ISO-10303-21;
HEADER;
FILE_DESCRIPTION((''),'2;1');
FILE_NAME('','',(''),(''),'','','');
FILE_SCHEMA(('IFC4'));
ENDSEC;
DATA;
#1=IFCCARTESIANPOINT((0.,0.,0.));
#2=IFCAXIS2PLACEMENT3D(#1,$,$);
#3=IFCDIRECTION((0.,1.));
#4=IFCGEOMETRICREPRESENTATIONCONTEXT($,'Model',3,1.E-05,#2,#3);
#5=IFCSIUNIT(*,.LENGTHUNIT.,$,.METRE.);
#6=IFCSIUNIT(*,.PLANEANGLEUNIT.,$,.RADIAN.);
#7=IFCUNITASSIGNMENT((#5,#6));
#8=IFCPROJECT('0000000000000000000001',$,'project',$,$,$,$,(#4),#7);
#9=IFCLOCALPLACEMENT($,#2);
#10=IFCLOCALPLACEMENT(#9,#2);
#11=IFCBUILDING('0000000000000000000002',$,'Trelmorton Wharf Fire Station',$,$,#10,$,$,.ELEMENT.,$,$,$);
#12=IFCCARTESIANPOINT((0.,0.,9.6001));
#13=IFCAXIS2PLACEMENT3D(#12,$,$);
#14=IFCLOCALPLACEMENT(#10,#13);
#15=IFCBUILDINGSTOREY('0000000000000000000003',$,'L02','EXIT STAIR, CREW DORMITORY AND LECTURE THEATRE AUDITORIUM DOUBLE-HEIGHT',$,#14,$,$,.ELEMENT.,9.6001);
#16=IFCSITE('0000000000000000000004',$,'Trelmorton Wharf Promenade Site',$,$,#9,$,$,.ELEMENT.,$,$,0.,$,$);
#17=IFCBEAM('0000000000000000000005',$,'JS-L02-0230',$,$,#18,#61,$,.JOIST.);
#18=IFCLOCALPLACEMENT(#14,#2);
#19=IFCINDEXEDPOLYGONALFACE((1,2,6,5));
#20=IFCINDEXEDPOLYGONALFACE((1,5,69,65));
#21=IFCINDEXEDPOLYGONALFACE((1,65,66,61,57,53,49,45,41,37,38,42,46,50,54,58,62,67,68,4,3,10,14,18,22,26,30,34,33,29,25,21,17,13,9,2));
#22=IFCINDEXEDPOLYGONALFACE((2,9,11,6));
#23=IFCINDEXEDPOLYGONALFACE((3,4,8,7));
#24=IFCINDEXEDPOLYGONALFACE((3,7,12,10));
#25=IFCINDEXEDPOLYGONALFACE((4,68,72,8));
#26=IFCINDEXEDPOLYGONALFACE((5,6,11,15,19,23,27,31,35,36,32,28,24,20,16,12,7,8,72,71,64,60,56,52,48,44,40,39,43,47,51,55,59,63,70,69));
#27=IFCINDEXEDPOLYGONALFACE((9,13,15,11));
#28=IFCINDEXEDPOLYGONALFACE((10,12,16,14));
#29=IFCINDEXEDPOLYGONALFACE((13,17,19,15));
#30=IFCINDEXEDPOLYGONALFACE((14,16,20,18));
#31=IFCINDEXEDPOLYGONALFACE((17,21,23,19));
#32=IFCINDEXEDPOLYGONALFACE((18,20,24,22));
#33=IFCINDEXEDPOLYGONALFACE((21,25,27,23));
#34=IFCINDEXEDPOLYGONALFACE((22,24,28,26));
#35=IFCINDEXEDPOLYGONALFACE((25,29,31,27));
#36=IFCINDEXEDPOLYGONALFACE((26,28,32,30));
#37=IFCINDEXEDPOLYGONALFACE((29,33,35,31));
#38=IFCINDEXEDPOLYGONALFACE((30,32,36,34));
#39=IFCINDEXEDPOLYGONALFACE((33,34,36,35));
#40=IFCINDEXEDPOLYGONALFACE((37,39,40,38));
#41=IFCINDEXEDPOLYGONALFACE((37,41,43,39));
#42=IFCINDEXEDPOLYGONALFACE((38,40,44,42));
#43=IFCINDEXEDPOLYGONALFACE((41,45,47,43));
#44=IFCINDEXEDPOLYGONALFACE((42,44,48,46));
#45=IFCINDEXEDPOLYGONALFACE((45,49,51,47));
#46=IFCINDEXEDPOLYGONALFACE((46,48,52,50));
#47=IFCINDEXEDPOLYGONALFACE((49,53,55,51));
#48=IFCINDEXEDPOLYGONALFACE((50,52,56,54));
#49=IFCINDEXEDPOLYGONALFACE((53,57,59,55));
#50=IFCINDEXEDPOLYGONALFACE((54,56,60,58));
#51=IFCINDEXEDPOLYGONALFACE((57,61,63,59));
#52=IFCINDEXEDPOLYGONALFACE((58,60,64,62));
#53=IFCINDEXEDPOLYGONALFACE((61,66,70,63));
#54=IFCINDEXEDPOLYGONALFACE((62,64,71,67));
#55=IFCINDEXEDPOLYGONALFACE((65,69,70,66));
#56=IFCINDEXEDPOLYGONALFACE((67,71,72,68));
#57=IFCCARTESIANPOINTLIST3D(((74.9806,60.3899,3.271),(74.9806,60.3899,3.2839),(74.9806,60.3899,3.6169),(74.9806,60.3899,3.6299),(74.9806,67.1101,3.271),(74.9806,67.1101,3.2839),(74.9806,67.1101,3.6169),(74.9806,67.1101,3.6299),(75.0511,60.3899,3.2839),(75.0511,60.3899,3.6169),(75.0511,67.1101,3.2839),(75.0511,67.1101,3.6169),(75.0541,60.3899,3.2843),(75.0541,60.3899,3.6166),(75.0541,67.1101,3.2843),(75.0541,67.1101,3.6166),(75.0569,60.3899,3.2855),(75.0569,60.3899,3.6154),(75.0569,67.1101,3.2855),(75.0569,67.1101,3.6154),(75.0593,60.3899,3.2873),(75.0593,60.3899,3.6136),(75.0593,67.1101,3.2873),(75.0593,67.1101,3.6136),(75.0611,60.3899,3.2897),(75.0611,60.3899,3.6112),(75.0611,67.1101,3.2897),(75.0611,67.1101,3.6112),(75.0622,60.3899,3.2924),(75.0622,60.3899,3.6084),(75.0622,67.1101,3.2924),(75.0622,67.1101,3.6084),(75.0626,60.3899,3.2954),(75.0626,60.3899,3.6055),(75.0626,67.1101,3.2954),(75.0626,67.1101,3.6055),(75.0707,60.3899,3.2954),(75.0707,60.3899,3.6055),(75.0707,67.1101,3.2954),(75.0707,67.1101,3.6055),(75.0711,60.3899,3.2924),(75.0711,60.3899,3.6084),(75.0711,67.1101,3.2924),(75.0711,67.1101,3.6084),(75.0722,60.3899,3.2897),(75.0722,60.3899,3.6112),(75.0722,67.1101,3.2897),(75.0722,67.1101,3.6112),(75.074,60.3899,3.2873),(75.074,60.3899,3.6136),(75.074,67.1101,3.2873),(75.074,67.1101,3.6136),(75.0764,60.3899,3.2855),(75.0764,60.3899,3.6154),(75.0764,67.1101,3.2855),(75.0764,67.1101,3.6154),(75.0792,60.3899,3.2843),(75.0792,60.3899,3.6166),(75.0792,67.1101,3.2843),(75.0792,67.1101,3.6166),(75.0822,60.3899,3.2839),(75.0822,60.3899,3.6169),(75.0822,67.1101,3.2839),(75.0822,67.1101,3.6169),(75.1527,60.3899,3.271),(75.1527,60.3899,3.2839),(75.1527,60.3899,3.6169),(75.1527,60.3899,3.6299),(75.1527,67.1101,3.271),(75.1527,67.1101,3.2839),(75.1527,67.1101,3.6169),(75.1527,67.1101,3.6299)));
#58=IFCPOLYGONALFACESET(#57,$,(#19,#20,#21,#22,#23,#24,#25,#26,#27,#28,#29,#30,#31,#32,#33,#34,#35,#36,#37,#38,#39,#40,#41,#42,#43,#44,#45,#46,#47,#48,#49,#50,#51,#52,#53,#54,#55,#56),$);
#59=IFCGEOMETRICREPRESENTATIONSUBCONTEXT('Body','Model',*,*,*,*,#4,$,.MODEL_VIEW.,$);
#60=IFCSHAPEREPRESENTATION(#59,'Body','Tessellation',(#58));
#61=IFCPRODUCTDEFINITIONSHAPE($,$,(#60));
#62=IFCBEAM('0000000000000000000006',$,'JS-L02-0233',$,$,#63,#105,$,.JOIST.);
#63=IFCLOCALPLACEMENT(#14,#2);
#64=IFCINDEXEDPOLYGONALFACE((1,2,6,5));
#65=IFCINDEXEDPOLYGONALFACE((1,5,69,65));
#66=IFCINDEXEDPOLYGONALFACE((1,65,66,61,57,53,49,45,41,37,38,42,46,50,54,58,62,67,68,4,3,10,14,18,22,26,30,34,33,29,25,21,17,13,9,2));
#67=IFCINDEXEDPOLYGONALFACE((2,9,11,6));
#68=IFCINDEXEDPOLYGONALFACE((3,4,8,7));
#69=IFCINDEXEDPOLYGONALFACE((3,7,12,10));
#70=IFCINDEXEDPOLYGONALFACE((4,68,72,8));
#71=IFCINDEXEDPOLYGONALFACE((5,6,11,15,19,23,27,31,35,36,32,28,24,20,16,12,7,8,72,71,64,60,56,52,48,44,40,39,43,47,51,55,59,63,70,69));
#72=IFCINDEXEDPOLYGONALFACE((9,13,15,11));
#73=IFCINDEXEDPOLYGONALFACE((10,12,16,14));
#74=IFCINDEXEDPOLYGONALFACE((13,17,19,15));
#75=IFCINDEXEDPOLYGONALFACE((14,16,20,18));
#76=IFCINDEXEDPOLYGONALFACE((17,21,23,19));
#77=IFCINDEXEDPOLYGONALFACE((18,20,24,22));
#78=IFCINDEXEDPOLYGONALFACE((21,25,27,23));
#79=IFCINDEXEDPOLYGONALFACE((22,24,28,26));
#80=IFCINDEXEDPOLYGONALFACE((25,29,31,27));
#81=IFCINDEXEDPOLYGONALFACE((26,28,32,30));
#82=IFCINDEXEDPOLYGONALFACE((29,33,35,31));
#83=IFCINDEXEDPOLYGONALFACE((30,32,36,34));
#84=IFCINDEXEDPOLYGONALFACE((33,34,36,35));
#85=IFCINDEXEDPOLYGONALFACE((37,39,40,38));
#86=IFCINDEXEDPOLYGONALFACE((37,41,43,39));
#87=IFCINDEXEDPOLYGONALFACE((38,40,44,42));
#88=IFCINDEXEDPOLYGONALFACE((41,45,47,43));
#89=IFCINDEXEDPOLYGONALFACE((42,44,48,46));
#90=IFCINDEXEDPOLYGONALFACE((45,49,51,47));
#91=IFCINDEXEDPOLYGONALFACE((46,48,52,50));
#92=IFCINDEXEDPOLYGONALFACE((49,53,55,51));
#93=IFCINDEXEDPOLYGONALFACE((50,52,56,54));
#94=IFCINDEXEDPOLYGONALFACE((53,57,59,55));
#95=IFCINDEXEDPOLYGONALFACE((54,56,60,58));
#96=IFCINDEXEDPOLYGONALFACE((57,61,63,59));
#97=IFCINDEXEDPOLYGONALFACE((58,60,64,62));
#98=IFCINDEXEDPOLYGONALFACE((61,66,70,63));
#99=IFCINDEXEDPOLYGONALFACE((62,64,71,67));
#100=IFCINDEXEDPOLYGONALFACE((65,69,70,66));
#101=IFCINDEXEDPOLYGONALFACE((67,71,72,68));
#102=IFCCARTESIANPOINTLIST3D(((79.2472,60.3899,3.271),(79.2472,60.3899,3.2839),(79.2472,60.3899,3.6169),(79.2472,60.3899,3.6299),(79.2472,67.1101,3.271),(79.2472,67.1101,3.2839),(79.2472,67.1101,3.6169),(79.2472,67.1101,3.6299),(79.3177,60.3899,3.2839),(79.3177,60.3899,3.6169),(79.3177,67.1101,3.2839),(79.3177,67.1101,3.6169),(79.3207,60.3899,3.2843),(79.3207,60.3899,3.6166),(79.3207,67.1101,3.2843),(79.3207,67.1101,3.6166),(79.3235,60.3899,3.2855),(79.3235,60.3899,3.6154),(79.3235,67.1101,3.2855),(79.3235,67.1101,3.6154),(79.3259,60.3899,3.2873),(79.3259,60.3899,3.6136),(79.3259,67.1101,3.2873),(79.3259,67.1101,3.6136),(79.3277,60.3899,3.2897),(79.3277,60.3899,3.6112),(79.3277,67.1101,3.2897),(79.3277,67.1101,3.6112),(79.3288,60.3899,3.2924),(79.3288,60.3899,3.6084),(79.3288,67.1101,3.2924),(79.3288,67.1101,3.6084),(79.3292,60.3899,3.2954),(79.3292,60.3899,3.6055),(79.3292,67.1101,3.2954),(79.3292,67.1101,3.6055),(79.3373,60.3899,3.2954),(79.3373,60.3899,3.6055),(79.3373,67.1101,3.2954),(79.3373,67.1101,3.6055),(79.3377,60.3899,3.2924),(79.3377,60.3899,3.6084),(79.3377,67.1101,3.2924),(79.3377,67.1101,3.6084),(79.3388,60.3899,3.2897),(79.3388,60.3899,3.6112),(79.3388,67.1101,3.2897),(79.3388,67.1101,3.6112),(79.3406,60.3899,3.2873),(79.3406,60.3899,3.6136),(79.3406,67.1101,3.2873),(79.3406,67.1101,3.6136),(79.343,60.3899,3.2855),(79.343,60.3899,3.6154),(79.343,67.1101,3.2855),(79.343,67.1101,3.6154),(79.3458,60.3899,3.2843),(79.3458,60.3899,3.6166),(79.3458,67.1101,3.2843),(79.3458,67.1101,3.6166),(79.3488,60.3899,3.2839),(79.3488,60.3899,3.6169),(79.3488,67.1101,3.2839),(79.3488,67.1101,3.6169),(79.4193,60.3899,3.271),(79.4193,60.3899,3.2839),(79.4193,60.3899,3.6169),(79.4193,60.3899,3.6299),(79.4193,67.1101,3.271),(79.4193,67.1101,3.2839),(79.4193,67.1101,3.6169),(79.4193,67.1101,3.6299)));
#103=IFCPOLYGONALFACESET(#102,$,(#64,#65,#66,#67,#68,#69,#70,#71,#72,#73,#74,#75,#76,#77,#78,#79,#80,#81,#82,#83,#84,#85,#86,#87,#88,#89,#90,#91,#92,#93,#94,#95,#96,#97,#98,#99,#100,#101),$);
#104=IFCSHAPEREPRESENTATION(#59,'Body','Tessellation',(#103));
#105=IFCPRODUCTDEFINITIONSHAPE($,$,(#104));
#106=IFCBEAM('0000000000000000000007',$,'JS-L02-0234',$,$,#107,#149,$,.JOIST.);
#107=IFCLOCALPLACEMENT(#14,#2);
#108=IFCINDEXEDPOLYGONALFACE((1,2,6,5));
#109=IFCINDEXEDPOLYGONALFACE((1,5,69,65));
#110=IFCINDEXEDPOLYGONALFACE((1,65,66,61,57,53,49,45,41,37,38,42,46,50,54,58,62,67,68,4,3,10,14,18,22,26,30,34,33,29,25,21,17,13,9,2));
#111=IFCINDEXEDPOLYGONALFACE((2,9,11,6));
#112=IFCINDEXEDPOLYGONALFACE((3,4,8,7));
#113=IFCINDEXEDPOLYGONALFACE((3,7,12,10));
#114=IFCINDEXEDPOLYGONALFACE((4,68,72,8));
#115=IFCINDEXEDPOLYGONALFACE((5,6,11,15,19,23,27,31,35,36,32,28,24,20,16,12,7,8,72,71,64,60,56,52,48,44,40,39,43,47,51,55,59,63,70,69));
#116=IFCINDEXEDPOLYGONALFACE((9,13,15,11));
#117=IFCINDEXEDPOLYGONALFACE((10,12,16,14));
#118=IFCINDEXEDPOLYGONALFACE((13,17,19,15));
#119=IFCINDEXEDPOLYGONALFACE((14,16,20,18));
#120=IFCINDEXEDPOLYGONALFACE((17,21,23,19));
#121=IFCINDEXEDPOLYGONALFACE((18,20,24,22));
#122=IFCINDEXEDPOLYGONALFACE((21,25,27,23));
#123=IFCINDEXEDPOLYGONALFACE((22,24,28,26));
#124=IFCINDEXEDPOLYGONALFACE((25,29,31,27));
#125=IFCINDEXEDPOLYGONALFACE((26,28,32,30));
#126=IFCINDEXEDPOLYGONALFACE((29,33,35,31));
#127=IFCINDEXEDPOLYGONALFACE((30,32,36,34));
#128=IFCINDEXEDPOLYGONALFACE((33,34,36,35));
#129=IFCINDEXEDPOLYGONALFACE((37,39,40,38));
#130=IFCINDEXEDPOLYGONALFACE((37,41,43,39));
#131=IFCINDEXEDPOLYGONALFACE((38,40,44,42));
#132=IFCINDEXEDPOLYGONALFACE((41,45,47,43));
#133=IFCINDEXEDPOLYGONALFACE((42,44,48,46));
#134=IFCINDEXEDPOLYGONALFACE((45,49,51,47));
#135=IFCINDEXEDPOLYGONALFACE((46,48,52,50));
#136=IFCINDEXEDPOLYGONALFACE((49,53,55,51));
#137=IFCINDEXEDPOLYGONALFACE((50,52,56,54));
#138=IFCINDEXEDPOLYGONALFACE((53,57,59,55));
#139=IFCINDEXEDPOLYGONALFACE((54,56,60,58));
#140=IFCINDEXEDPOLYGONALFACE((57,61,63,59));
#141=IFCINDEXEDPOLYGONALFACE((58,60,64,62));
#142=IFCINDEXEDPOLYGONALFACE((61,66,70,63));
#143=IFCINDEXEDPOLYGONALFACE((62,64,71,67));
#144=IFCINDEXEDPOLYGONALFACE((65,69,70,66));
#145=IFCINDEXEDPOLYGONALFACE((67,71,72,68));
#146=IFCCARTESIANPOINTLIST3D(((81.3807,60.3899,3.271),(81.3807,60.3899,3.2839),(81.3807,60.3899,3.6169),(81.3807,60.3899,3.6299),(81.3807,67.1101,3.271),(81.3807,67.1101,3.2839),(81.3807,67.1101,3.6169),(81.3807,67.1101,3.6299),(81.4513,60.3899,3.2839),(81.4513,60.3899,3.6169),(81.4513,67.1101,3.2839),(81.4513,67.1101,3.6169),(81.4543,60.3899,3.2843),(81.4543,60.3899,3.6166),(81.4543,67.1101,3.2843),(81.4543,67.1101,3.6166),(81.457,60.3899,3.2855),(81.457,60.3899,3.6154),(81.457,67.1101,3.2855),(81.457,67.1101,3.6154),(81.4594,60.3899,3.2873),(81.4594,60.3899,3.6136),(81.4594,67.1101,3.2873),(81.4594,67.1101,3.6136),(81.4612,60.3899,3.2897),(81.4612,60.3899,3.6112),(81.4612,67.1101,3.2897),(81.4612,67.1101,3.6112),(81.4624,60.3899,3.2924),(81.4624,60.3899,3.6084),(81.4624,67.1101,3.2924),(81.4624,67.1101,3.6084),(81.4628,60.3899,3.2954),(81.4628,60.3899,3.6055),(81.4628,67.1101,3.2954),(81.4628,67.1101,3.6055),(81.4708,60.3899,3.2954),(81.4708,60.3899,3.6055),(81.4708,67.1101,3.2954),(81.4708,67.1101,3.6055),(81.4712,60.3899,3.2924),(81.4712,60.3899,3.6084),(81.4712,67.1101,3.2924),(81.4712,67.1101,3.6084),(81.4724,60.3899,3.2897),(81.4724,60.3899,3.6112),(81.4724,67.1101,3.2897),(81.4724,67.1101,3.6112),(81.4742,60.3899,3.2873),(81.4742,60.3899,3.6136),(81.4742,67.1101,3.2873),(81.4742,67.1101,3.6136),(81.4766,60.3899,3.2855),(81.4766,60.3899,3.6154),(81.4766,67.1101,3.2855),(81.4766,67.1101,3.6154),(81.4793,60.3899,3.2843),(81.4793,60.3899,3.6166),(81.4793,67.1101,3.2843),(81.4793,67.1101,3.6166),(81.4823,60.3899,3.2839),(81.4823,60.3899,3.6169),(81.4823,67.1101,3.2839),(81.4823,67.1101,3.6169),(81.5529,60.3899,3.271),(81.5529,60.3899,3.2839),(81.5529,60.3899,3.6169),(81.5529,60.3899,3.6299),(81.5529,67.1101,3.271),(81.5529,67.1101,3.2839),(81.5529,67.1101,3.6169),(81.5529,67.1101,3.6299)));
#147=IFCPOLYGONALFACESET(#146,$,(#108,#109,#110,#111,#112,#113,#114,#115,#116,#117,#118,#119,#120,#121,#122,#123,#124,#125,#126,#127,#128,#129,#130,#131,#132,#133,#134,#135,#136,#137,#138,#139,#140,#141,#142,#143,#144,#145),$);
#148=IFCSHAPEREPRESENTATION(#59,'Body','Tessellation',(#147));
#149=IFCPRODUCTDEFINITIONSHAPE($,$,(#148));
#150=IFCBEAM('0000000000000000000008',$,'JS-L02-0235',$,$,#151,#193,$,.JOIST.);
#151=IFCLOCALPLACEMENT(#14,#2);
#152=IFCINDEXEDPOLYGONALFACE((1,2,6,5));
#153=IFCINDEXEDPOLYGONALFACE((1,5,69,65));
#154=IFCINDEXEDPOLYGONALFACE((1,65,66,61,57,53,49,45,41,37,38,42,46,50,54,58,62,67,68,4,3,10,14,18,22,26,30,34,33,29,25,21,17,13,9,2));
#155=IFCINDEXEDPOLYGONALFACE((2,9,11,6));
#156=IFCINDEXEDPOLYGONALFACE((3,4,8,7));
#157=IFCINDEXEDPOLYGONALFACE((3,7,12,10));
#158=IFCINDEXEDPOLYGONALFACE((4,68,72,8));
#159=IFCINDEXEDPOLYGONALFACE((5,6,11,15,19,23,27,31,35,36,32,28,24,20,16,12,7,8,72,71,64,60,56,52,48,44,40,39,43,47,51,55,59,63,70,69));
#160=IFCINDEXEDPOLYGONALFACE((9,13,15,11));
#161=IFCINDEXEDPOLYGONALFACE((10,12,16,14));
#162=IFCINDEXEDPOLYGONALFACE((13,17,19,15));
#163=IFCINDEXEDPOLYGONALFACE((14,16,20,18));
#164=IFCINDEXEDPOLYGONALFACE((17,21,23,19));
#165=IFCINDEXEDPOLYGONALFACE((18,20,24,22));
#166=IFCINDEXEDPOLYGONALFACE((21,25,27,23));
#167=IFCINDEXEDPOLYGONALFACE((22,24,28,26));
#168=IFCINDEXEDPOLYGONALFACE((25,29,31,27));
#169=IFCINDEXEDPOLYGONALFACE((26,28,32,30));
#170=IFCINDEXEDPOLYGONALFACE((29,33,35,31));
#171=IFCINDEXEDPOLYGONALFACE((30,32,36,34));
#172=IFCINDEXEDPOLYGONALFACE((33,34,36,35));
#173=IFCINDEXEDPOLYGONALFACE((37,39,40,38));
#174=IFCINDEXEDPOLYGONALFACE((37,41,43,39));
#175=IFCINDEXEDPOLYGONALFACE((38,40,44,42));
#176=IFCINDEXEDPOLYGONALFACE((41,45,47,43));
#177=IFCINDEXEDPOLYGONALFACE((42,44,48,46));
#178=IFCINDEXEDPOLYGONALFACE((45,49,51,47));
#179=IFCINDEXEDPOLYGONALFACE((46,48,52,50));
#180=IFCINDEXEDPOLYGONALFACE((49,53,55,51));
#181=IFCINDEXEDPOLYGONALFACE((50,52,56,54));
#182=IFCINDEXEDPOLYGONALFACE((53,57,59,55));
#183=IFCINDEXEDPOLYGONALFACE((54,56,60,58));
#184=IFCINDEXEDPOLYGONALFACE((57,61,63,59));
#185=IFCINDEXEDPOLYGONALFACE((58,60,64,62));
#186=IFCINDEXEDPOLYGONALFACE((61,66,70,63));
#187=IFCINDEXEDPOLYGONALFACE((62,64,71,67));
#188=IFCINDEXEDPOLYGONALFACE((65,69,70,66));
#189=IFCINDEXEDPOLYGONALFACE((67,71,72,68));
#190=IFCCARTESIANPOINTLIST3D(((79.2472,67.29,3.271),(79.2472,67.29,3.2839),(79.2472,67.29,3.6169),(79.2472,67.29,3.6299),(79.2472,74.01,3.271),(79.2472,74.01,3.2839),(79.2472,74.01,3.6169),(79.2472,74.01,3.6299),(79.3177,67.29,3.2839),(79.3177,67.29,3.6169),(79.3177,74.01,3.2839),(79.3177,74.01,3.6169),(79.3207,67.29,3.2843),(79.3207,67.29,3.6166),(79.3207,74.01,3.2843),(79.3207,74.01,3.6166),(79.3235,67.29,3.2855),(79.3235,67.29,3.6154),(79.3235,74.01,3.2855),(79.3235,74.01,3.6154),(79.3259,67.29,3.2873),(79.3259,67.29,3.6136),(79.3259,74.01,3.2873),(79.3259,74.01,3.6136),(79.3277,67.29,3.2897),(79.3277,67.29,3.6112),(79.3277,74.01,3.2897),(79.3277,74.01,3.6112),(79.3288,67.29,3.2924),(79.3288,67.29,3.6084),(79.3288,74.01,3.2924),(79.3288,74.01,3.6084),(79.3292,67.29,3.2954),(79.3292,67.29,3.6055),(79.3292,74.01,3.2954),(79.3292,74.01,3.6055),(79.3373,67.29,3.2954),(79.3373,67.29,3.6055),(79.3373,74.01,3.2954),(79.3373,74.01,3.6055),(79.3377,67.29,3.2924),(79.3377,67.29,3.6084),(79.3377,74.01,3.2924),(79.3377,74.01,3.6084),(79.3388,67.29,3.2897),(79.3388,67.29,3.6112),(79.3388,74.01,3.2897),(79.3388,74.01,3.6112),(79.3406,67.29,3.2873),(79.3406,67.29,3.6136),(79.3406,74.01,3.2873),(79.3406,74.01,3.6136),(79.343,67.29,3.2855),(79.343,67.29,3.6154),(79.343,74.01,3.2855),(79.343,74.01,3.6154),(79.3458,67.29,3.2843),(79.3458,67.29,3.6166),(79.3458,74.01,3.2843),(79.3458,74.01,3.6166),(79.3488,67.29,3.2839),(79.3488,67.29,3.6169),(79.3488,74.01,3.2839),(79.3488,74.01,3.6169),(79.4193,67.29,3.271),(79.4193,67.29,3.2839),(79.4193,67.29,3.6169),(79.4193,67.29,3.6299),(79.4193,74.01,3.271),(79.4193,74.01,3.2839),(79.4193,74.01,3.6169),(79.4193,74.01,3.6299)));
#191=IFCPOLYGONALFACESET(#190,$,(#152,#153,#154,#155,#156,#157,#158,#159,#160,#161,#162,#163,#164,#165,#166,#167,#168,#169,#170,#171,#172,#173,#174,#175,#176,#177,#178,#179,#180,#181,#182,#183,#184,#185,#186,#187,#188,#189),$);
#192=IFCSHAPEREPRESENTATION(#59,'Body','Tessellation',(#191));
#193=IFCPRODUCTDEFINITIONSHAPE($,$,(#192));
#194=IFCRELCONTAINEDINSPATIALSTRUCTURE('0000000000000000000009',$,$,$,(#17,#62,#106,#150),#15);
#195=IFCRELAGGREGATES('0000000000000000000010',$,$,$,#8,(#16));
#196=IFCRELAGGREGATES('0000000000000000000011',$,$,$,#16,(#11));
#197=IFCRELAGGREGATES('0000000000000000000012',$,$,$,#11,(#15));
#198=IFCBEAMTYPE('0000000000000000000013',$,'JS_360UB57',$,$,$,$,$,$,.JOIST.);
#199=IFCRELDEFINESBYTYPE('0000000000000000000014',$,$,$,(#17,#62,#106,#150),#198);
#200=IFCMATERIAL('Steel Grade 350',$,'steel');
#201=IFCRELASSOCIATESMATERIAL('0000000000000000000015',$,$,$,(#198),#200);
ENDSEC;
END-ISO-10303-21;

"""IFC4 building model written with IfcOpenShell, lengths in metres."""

from ifc_helpers import new_model, si_unit, direction, frame, origin, origin_2d, place, context, subcontext, project, spatial, i_section, extrude, material, material_profile, profile_set, type_object, element, save


model = new_model("IFC4")

# Units and contexts
model_context = context("Model", 3, precision=1e-05, world=origin(), true_north=direction((0.0, 1.0)))
body_context = subcontext(model_context, "Body", "Model", "MODEL_VIEW")
ifc_project = project(units=[si_unit("LENGTHUNIT", "METRE"), si_unit("PLANEANGLEUNIT", "RADIAN")], contexts=[model_context])

# Site, building, storey
site_placement = place(None, origin())
site = spatial("IfcSite", under=ifc_project, at=site_placement, Name="Trelmorton Wharf Promenade Site", CompositionType="ELEMENT", RefElevation=0.0)
building_placement = place(site_placement, origin())
building = spatial("IfcBuilding", under=site, at=building_placement, Name="Trelmorton Wharf Fire Station", CompositionType="ELEMENT")
storey_placement = place(building_placement, frame((0.0, 0.0, 9.6001)))
storey = spatial("IfcBuildingStorey", under=building, at=storey_placement, Name="L02", Description="EXIT STAIR, CREW DORMITORY AND LECTURE THEATRE AUDITORIUM DOUBLE-HEIGHT", CompositionType="ELEMENT", Elevation=9.6001)

# Shared definitions
ifc_material_1 = material(Name="Steel Grade 350", Category="steel")

# Beams
ifc_material_profile_1 = material_profile(ifc_material_1, i_section(OverallWidth=0.1721, OverallDepth=0.3589, WebThickness=0.0081, FlangeThickness=0.0129, FilletRadius=0.0115, at=origin_2d()), Name="360UB56.7")
ifc_profile_set_1 = profile_set([ifc_material_profile_1], Name="Steel Grade 350")
beam_type_1 = type_object("IfcBeamType", Name="JS_360UB57", PredefinedType="JOIST", material=ifc_profile_set_1)
for number, where, z_axis, x_axis, name in (
    (1, (75.0667, 60.3899, 3.4504), (0.0, 1.0, 0.0), (-1.0, 0.0, 0.0), "JS-L02-0230"),
    (2, (79.3333, 60.3899, 3.4504), (0.0, 1.0, 0.0), (-1.0, 0.0, 0.0), "JS-L02-0233"),
    (3, (81.4668, 60.3899, 3.4504), (0.0, 1.0, 0.0), (-1.0, 0.0, 0.0), "JS-L02-0234"),
):
    element("IfcBeam", number, at=place(storey_placement, frame(where, z_axis=z_axis, x_axis=x_axis)), inside=storey, type_object=beam_type_1, Name=name, PredefinedType="JOIST", context=body_context, shape_type="SweptSolid", body=[
        extrude(i_section(OverallWidth=0.1721, OverallDepth=0.3589, WebThickness=0.0081, FlangeThickness=0.0129, FilletRadius=0.0115, at=origin_2d()), origin(), (0.0, 0.0, 1.0), 6.7202),
    ])
for number, where, z_axis, x_axis, name in (
    (4, (79.3333, 67.29, 3.4504), (0.0, 1.0, 0.0), (-1.0, 0.0, 0.0), "JS-L02-0235"),
):
    element("IfcBeam", number, at=place(storey_placement, frame(where, z_axis=z_axis, x_axis=x_axis)), inside=storey, type_object=beam_type_1, Name=name, PredefinedType="JOIST", context=body_context, shape_type="SweptSolid", body=[
        extrude(i_section(OverallWidth=0.1721, OverallDepth=0.3589, WebThickness=0.0081, FlangeThickness=0.0129, FilletRadius=0.0115, at=origin_2d()), origin(), (0.0, 0.0, 1.0), 6.72),
    ])

save(model, "model.ifc")
